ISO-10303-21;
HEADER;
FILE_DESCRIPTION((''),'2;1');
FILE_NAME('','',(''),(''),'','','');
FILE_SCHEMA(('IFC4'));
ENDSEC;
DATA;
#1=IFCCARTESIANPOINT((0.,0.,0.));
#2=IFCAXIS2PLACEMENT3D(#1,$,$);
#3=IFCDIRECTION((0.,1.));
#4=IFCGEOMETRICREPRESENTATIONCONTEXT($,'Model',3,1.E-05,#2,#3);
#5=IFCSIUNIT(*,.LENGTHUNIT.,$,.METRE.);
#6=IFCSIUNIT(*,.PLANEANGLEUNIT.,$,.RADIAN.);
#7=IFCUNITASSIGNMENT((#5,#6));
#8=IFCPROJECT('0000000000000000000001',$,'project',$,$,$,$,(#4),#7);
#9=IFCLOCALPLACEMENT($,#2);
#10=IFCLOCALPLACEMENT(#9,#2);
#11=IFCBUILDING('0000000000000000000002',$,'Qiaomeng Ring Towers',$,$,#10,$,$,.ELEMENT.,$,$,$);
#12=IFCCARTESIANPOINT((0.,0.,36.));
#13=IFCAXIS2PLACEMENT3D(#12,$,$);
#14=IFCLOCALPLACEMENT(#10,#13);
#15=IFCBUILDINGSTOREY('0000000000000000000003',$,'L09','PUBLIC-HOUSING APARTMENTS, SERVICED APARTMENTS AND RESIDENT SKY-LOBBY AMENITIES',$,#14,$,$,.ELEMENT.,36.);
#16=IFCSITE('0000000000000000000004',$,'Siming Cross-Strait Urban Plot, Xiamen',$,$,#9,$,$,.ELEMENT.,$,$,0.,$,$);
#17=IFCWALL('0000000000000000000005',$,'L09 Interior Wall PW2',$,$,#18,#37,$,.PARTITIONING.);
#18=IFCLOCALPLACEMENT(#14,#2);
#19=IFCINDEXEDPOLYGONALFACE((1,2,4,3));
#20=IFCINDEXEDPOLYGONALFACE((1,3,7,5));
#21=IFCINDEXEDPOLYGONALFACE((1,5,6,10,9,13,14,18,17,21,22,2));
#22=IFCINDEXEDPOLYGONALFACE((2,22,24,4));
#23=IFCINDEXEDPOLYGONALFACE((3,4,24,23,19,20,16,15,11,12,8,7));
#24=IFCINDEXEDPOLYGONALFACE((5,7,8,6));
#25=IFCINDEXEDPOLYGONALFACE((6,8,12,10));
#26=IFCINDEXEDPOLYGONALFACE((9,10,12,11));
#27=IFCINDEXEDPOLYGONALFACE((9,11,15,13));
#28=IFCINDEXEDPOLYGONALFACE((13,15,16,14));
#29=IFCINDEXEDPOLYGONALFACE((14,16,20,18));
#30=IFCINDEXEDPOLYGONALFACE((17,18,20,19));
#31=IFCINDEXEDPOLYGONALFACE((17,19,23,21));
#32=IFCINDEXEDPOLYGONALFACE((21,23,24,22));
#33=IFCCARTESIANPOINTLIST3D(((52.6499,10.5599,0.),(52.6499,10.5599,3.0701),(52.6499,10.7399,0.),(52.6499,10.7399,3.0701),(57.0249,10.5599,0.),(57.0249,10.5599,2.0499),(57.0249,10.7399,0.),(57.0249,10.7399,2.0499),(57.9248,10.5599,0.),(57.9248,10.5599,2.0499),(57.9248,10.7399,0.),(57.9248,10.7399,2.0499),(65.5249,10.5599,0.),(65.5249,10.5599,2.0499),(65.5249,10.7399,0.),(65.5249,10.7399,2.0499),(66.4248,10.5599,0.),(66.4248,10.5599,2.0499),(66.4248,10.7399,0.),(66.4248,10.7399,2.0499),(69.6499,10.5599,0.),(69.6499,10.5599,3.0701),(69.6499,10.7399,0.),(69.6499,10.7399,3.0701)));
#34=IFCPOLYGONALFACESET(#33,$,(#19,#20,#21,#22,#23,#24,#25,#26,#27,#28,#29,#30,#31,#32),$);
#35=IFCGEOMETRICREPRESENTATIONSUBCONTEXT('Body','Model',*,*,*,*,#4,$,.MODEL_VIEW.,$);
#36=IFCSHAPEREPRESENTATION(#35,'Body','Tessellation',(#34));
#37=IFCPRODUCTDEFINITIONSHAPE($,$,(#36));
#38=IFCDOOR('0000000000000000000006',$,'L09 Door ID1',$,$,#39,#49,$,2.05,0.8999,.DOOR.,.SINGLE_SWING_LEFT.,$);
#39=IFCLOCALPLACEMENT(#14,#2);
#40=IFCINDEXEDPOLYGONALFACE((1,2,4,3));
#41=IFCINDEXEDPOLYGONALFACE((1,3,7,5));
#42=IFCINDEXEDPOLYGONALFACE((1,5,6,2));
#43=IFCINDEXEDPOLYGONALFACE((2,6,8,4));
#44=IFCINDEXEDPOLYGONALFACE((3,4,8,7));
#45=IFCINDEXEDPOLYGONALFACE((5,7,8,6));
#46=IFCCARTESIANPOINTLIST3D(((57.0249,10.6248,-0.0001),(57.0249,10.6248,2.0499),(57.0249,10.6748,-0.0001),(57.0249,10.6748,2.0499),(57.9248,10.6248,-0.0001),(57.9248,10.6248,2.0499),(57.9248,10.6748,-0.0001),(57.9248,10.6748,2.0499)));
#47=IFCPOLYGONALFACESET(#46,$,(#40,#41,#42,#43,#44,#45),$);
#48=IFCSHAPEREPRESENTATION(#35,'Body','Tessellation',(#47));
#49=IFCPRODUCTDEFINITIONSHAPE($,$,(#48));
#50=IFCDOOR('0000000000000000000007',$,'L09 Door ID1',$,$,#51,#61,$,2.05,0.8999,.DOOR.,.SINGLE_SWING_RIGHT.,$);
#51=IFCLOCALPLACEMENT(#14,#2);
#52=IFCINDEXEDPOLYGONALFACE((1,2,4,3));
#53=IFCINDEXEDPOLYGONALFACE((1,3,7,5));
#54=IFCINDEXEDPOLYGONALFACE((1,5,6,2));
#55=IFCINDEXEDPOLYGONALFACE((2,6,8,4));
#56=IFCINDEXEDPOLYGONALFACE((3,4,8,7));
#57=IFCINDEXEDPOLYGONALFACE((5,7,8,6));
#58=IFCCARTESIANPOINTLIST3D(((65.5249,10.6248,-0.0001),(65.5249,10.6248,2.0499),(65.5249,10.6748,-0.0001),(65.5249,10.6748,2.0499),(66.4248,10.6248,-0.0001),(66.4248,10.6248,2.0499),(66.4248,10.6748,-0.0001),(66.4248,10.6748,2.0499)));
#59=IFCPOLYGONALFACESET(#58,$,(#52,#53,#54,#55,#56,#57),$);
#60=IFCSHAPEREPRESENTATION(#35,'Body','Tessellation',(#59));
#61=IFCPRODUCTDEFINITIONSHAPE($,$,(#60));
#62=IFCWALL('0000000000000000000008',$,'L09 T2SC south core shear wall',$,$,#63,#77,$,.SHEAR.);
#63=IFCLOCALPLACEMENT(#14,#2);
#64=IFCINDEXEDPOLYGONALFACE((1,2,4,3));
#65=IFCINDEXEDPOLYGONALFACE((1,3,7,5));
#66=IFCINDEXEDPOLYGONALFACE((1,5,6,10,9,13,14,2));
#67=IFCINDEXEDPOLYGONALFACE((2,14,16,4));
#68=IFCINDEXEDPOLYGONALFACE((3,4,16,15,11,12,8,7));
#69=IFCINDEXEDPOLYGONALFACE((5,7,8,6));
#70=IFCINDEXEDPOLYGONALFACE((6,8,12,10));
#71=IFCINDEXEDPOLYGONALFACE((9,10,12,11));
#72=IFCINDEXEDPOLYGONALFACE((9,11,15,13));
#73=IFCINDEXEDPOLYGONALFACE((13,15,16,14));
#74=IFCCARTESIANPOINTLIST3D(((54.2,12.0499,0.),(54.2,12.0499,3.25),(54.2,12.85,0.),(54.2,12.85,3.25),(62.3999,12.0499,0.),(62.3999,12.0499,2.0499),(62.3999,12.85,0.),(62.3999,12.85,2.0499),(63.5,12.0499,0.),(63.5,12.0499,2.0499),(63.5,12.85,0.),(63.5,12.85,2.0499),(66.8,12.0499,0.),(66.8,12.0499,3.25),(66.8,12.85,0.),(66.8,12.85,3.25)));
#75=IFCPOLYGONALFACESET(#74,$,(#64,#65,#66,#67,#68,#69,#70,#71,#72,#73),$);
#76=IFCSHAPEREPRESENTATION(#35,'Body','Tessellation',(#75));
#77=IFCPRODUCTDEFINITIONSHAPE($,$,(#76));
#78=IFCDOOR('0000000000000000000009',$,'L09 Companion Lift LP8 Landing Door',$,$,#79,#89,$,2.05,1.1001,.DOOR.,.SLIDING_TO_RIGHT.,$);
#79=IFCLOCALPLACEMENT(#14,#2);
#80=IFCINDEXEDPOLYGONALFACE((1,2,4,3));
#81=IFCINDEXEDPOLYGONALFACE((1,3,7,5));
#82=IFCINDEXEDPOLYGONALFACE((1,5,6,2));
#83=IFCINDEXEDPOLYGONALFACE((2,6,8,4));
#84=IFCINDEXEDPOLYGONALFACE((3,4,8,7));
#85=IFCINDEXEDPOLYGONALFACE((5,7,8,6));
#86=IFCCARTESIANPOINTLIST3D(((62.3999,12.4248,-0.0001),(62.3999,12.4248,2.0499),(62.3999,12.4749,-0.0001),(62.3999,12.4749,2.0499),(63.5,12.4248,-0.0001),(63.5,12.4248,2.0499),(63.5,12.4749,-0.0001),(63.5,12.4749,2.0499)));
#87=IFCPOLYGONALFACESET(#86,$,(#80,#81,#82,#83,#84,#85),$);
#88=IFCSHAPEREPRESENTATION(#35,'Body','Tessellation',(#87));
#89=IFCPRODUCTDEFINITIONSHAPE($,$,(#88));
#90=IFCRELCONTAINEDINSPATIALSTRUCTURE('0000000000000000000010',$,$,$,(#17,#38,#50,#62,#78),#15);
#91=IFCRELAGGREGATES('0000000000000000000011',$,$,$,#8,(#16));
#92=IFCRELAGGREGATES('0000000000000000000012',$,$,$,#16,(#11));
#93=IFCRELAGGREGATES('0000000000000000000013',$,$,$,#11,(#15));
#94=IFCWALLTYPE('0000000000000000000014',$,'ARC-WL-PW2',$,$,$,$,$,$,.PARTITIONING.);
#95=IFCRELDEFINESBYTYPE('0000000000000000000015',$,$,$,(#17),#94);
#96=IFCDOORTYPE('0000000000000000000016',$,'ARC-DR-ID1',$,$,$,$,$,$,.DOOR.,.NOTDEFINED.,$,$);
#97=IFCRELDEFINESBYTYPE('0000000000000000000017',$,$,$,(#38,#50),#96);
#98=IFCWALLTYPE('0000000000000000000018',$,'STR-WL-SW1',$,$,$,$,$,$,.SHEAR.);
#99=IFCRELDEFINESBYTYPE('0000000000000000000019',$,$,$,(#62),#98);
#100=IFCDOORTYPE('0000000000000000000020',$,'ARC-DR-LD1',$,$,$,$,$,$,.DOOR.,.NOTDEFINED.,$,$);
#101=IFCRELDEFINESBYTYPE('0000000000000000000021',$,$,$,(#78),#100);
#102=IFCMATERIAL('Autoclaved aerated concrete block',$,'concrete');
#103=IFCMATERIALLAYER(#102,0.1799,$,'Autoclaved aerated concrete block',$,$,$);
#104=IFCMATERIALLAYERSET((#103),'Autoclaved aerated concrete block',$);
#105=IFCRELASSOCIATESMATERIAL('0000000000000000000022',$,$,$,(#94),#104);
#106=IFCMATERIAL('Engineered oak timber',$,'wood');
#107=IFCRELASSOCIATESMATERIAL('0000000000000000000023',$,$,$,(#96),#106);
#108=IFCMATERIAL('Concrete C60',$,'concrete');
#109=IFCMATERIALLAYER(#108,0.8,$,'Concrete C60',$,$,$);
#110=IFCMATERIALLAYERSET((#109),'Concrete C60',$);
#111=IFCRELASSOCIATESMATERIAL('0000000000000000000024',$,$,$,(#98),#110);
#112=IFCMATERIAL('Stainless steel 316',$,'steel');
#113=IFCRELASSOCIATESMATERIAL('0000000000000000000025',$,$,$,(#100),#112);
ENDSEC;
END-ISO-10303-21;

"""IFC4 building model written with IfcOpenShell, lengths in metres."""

from ifc_helpers import new_model, si_unit, direction, frame, frame_2d, origin, place, context, subcontext, project, spatial, rectangle, extrude, source, transform, mapped, material, layer, layer_set, type_object, element, fill, save


model = new_model("IFC4")

# Units and contexts
model_context = context("Model", 3, precision=1e-05, world=origin(), true_north=direction((0.0, 1.0)))
body_context = subcontext(model_context, "Body", "Model", "MODEL_VIEW")
ifc_project = project(units=[si_unit("LENGTHUNIT", "METRE"), si_unit("PLANEANGLEUNIT", "RADIAN")], contexts=[model_context])

# Site, building, storey
site_placement = place(None, origin())
site = spatial("IfcSite", under=ifc_project, at=site_placement, Name="Siming Cross-Strait Urban Plot, Xiamen", CompositionType="ELEMENT", RefElevation=0.0)
building_placement = place(site_placement, origin())
building = spatial("IfcBuilding", under=site, at=building_placement, Name="Qiaomeng Ring Towers", CompositionType="ELEMENT")
storey_placement = place(building_placement, frame((0.0, 0.0, 36.0)))
storey = spatial("IfcBuildingStorey", under=building, at=storey_placement, Name="L09", Description="PUBLIC-HOUSING APARTMENTS, SERVICED APARTMENTS AND RESIDENT SKY-LOBBY AMENITIES", CompositionType="ELEMENT", Elevation=36.0)

# Shared definitions
ifc_material_1 = material(Name="Concrete C60", Category="concrete")

# Wall, openings, doors
ifc_material_2 = material(Name="Autoclaved aerated concrete block", Category="concrete")
ifc_layer_1 = layer(ifc_material_2, 0.1799, Name="Autoclaved aerated concrete block")
ifc_layer_set_1 = layer_set([ifc_layer_1], Name="Autoclaved aerated concrete block")
wall_type_1 = type_object("IfcWallType", Name="ARC-WL-PW2", PredefinedType="PARTITIONING", material=ifc_layer_set_1)
ifc_material_3 = material(Name="Engineered oak timber", Category="wood")
door_type_1 = type_object("IfcDoorType", Name="ARC-DR-ID1", OperationType="NOTDEFINED", PredefinedType="DOOR", material=ifc_material_3)
shared_shape_1 = source(origin(), body_context, "Body", "SweptSolid", [
    extrude(rectangle(XDim=0.8999, YDim=2.05, at=frame_2d((0.45, 1.0249))), frame((0.0, 0.0249, 0.0), z_axis=(0.0, -1.0, 0.0), x_axis=(1.0, 0.0, 0.0)), (0.0, 0.0, 1.0), 0.05),
])
wall_1_placement = place(storey_placement, frame((52.6499, 10.6499, 0.0), z_axis=(0.0, 0.0, 1.0), x_axis=(1.0, 0.0, 0.0)))
wall_1 = element("IfcWall", 1, at=wall_1_placement, inside=storey, type_object=wall_type_1, Name="L09 Interior Wall PW2", PredefinedType="PARTITIONING", context=body_context, shape_type="SweptSolid", body=[
    extrude(rectangle(XDim=17.0, YDim=0.1799, at=frame_2d((8.5, 0.0))), origin(), (0.0, 0.0, 1.0), 3.0701),
])
opening_1_placement = place(wall_1_placement, frame((4.375, 0.0, 0.0)))
opening_1 = element("IfcOpeningElement", 2, at=opening_1_placement, cuts=wall_1, PredefinedType="OPENING", context=body_context, shape_type="SweptSolid", body=[
    extrude(rectangle(XDim=0.8999, YDim=2.05, at=frame_2d((0.45, 1.0249))), frame((0.0, 0.0999, 0.0), z_axis=(0.0, -1.0, 0.0), x_axis=(1.0, 0.0, 0.0)), (0.0, 0.0, 1.0), 0.2),
])
opening_2_placement = place(wall_1_placement, frame((12.875, 0.0, 0.0)))
opening_2 = element("IfcOpeningElement", 3, at=opening_2_placement, cuts=wall_1, PredefinedType="OPENING", context=body_context, shape_type="SweptSolid", body=[
    extrude(rectangle(XDim=0.8999, YDim=2.05, at=frame_2d((0.45, 1.0249))), frame((0.0, 0.0999, 0.0), z_axis=(0.0, -1.0, 0.0), x_axis=(1.0, 0.0, 0.0)), (0.0, 0.0, 1.0), 0.2),
])
door_1_placement = place(opening_1_placement, origin())
door_1 = element("IfcDoor", 4, at=door_1_placement, inside=storey, type_object=door_type_1, Name="L09 Door ID1", OperationType="SINGLE_SWING_LEFT", OverallHeight=2.05, OverallWidth=0.8999, PredefinedType="DOOR", context=body_context, shape_type="MappedRepresentation", body=[
    mapped(shared_shape_1, transform((0.0, 0.0, 0.0), x_axis=(1.0, 0.0, 0.0), y_axis=(0.0, 1.0, 0.0), z_axis=(0.0, 0.0, 1.0), scale=1.0)),
])
fill(opening_1, door_1)
door_2_placement = place(opening_2_placement, origin())
door_2 = element("IfcDoor", 5, at=door_2_placement, inside=storey, type_object=door_type_1, Name="L09 Door ID1", OperationType="SINGLE_SWING_RIGHT", OverallHeight=2.05, OverallWidth=0.8999, PredefinedType="DOOR", context=body_context, shape_type="MappedRepresentation", body=[
    mapped(shared_shape_1, transform((0.0, 0.0, 0.0), x_axis=(1.0, 0.0, 0.0), y_axis=(0.0, 1.0, 0.0), z_axis=(0.0, 0.0, 1.0), scale=1.0)),
])
fill(opening_2, door_2)

# Wall, opening, door
ifc_layer_2 = layer(ifc_material_1, 0.8, Name="Concrete C60")
ifc_layer_set_2 = layer_set([ifc_layer_2], Name="Concrete C60")
wall_type_2 = type_object("IfcWallType", Name="STR-WL-SW1", PredefinedType="SHEAR", material=ifc_layer_set_2)
wall_2_placement = place(storey_placement, frame((54.2, 12.45, 0.0), z_axis=(0.0, 0.0, 1.0), x_axis=(1.0, 0.0, 0.0)))
wall_2 = element("IfcWall", 6, at=wall_2_placement, inside=storey, type_object=wall_type_2, Name="L09 T2SC south core shear wall", PredefinedType="SHEAR", context=body_context, shape_type="SweptSolid", body=[
    extrude(rectangle(XDim=12.6001, YDim=0.8, at=frame_2d((6.3, 0.0))), origin(), (0.0, 0.0, 1.0), 3.25),
])
opening_3_placement = place(wall_2_placement, frame((8.2, 0.0, 0.0)))
opening_3 = element("IfcOpeningElement", 7, at=opening_3_placement, cuts=wall_2, PredefinedType="OPENING", context=body_context, shape_type="SweptSolid", body=[
    extrude(rectangle(XDim=1.1001, YDim=2.05, at=frame_2d((0.55, 1.0249))), frame((0.0, 0.4099, 0.0), z_axis=(0.0, -1.0, 0.0), x_axis=(1.0, 0.0, 0.0)), (0.0, 0.0, 1.0), 0.8201),
])
ifc_material_4 = material(Name="Stainless steel 316", Category="steel")
door_type_2 = type_object("IfcDoorType", Name="ARC-DR-LD1", OperationType="NOTDEFINED", PredefinedType="DOOR", material=ifc_material_4)
shared_shape_2 = source(origin(), body_context, "Body", "SweptSolid", [
    extrude(rectangle(XDim=1.1001, YDim=2.05, at=frame_2d((0.55, 1.0249))), frame((0.0, 0.0249, 0.0), z_axis=(0.0, -1.0, 0.0), x_axis=(1.0, 0.0, 0.0)), (0.0, 0.0, 1.0), 0.05),
])
door_3_placement = place(opening_3_placement, origin())
door_3 = element("IfcDoor", 8, at=door_3_placement, inside=storey, type_object=door_type_2, Name="L09 Companion Lift LP8 Landing Door", OperationType="SLIDING_TO_RIGHT", OverallHeight=2.05, OverallWidth=1.1001, PredefinedType="DOOR", context=body_context, shape_type="MappedRepresentation", body=[
    mapped(shared_shape_2, transform((0.0, 0.0, 0.0), x_axis=(1.0, 0.0, 0.0), y_axis=(0.0, 1.0, 0.0), z_axis=(0.0, 0.0, 1.0), scale=1.0)),
])
fill(opening_3, door_3)

save(model, "model.ifc")
